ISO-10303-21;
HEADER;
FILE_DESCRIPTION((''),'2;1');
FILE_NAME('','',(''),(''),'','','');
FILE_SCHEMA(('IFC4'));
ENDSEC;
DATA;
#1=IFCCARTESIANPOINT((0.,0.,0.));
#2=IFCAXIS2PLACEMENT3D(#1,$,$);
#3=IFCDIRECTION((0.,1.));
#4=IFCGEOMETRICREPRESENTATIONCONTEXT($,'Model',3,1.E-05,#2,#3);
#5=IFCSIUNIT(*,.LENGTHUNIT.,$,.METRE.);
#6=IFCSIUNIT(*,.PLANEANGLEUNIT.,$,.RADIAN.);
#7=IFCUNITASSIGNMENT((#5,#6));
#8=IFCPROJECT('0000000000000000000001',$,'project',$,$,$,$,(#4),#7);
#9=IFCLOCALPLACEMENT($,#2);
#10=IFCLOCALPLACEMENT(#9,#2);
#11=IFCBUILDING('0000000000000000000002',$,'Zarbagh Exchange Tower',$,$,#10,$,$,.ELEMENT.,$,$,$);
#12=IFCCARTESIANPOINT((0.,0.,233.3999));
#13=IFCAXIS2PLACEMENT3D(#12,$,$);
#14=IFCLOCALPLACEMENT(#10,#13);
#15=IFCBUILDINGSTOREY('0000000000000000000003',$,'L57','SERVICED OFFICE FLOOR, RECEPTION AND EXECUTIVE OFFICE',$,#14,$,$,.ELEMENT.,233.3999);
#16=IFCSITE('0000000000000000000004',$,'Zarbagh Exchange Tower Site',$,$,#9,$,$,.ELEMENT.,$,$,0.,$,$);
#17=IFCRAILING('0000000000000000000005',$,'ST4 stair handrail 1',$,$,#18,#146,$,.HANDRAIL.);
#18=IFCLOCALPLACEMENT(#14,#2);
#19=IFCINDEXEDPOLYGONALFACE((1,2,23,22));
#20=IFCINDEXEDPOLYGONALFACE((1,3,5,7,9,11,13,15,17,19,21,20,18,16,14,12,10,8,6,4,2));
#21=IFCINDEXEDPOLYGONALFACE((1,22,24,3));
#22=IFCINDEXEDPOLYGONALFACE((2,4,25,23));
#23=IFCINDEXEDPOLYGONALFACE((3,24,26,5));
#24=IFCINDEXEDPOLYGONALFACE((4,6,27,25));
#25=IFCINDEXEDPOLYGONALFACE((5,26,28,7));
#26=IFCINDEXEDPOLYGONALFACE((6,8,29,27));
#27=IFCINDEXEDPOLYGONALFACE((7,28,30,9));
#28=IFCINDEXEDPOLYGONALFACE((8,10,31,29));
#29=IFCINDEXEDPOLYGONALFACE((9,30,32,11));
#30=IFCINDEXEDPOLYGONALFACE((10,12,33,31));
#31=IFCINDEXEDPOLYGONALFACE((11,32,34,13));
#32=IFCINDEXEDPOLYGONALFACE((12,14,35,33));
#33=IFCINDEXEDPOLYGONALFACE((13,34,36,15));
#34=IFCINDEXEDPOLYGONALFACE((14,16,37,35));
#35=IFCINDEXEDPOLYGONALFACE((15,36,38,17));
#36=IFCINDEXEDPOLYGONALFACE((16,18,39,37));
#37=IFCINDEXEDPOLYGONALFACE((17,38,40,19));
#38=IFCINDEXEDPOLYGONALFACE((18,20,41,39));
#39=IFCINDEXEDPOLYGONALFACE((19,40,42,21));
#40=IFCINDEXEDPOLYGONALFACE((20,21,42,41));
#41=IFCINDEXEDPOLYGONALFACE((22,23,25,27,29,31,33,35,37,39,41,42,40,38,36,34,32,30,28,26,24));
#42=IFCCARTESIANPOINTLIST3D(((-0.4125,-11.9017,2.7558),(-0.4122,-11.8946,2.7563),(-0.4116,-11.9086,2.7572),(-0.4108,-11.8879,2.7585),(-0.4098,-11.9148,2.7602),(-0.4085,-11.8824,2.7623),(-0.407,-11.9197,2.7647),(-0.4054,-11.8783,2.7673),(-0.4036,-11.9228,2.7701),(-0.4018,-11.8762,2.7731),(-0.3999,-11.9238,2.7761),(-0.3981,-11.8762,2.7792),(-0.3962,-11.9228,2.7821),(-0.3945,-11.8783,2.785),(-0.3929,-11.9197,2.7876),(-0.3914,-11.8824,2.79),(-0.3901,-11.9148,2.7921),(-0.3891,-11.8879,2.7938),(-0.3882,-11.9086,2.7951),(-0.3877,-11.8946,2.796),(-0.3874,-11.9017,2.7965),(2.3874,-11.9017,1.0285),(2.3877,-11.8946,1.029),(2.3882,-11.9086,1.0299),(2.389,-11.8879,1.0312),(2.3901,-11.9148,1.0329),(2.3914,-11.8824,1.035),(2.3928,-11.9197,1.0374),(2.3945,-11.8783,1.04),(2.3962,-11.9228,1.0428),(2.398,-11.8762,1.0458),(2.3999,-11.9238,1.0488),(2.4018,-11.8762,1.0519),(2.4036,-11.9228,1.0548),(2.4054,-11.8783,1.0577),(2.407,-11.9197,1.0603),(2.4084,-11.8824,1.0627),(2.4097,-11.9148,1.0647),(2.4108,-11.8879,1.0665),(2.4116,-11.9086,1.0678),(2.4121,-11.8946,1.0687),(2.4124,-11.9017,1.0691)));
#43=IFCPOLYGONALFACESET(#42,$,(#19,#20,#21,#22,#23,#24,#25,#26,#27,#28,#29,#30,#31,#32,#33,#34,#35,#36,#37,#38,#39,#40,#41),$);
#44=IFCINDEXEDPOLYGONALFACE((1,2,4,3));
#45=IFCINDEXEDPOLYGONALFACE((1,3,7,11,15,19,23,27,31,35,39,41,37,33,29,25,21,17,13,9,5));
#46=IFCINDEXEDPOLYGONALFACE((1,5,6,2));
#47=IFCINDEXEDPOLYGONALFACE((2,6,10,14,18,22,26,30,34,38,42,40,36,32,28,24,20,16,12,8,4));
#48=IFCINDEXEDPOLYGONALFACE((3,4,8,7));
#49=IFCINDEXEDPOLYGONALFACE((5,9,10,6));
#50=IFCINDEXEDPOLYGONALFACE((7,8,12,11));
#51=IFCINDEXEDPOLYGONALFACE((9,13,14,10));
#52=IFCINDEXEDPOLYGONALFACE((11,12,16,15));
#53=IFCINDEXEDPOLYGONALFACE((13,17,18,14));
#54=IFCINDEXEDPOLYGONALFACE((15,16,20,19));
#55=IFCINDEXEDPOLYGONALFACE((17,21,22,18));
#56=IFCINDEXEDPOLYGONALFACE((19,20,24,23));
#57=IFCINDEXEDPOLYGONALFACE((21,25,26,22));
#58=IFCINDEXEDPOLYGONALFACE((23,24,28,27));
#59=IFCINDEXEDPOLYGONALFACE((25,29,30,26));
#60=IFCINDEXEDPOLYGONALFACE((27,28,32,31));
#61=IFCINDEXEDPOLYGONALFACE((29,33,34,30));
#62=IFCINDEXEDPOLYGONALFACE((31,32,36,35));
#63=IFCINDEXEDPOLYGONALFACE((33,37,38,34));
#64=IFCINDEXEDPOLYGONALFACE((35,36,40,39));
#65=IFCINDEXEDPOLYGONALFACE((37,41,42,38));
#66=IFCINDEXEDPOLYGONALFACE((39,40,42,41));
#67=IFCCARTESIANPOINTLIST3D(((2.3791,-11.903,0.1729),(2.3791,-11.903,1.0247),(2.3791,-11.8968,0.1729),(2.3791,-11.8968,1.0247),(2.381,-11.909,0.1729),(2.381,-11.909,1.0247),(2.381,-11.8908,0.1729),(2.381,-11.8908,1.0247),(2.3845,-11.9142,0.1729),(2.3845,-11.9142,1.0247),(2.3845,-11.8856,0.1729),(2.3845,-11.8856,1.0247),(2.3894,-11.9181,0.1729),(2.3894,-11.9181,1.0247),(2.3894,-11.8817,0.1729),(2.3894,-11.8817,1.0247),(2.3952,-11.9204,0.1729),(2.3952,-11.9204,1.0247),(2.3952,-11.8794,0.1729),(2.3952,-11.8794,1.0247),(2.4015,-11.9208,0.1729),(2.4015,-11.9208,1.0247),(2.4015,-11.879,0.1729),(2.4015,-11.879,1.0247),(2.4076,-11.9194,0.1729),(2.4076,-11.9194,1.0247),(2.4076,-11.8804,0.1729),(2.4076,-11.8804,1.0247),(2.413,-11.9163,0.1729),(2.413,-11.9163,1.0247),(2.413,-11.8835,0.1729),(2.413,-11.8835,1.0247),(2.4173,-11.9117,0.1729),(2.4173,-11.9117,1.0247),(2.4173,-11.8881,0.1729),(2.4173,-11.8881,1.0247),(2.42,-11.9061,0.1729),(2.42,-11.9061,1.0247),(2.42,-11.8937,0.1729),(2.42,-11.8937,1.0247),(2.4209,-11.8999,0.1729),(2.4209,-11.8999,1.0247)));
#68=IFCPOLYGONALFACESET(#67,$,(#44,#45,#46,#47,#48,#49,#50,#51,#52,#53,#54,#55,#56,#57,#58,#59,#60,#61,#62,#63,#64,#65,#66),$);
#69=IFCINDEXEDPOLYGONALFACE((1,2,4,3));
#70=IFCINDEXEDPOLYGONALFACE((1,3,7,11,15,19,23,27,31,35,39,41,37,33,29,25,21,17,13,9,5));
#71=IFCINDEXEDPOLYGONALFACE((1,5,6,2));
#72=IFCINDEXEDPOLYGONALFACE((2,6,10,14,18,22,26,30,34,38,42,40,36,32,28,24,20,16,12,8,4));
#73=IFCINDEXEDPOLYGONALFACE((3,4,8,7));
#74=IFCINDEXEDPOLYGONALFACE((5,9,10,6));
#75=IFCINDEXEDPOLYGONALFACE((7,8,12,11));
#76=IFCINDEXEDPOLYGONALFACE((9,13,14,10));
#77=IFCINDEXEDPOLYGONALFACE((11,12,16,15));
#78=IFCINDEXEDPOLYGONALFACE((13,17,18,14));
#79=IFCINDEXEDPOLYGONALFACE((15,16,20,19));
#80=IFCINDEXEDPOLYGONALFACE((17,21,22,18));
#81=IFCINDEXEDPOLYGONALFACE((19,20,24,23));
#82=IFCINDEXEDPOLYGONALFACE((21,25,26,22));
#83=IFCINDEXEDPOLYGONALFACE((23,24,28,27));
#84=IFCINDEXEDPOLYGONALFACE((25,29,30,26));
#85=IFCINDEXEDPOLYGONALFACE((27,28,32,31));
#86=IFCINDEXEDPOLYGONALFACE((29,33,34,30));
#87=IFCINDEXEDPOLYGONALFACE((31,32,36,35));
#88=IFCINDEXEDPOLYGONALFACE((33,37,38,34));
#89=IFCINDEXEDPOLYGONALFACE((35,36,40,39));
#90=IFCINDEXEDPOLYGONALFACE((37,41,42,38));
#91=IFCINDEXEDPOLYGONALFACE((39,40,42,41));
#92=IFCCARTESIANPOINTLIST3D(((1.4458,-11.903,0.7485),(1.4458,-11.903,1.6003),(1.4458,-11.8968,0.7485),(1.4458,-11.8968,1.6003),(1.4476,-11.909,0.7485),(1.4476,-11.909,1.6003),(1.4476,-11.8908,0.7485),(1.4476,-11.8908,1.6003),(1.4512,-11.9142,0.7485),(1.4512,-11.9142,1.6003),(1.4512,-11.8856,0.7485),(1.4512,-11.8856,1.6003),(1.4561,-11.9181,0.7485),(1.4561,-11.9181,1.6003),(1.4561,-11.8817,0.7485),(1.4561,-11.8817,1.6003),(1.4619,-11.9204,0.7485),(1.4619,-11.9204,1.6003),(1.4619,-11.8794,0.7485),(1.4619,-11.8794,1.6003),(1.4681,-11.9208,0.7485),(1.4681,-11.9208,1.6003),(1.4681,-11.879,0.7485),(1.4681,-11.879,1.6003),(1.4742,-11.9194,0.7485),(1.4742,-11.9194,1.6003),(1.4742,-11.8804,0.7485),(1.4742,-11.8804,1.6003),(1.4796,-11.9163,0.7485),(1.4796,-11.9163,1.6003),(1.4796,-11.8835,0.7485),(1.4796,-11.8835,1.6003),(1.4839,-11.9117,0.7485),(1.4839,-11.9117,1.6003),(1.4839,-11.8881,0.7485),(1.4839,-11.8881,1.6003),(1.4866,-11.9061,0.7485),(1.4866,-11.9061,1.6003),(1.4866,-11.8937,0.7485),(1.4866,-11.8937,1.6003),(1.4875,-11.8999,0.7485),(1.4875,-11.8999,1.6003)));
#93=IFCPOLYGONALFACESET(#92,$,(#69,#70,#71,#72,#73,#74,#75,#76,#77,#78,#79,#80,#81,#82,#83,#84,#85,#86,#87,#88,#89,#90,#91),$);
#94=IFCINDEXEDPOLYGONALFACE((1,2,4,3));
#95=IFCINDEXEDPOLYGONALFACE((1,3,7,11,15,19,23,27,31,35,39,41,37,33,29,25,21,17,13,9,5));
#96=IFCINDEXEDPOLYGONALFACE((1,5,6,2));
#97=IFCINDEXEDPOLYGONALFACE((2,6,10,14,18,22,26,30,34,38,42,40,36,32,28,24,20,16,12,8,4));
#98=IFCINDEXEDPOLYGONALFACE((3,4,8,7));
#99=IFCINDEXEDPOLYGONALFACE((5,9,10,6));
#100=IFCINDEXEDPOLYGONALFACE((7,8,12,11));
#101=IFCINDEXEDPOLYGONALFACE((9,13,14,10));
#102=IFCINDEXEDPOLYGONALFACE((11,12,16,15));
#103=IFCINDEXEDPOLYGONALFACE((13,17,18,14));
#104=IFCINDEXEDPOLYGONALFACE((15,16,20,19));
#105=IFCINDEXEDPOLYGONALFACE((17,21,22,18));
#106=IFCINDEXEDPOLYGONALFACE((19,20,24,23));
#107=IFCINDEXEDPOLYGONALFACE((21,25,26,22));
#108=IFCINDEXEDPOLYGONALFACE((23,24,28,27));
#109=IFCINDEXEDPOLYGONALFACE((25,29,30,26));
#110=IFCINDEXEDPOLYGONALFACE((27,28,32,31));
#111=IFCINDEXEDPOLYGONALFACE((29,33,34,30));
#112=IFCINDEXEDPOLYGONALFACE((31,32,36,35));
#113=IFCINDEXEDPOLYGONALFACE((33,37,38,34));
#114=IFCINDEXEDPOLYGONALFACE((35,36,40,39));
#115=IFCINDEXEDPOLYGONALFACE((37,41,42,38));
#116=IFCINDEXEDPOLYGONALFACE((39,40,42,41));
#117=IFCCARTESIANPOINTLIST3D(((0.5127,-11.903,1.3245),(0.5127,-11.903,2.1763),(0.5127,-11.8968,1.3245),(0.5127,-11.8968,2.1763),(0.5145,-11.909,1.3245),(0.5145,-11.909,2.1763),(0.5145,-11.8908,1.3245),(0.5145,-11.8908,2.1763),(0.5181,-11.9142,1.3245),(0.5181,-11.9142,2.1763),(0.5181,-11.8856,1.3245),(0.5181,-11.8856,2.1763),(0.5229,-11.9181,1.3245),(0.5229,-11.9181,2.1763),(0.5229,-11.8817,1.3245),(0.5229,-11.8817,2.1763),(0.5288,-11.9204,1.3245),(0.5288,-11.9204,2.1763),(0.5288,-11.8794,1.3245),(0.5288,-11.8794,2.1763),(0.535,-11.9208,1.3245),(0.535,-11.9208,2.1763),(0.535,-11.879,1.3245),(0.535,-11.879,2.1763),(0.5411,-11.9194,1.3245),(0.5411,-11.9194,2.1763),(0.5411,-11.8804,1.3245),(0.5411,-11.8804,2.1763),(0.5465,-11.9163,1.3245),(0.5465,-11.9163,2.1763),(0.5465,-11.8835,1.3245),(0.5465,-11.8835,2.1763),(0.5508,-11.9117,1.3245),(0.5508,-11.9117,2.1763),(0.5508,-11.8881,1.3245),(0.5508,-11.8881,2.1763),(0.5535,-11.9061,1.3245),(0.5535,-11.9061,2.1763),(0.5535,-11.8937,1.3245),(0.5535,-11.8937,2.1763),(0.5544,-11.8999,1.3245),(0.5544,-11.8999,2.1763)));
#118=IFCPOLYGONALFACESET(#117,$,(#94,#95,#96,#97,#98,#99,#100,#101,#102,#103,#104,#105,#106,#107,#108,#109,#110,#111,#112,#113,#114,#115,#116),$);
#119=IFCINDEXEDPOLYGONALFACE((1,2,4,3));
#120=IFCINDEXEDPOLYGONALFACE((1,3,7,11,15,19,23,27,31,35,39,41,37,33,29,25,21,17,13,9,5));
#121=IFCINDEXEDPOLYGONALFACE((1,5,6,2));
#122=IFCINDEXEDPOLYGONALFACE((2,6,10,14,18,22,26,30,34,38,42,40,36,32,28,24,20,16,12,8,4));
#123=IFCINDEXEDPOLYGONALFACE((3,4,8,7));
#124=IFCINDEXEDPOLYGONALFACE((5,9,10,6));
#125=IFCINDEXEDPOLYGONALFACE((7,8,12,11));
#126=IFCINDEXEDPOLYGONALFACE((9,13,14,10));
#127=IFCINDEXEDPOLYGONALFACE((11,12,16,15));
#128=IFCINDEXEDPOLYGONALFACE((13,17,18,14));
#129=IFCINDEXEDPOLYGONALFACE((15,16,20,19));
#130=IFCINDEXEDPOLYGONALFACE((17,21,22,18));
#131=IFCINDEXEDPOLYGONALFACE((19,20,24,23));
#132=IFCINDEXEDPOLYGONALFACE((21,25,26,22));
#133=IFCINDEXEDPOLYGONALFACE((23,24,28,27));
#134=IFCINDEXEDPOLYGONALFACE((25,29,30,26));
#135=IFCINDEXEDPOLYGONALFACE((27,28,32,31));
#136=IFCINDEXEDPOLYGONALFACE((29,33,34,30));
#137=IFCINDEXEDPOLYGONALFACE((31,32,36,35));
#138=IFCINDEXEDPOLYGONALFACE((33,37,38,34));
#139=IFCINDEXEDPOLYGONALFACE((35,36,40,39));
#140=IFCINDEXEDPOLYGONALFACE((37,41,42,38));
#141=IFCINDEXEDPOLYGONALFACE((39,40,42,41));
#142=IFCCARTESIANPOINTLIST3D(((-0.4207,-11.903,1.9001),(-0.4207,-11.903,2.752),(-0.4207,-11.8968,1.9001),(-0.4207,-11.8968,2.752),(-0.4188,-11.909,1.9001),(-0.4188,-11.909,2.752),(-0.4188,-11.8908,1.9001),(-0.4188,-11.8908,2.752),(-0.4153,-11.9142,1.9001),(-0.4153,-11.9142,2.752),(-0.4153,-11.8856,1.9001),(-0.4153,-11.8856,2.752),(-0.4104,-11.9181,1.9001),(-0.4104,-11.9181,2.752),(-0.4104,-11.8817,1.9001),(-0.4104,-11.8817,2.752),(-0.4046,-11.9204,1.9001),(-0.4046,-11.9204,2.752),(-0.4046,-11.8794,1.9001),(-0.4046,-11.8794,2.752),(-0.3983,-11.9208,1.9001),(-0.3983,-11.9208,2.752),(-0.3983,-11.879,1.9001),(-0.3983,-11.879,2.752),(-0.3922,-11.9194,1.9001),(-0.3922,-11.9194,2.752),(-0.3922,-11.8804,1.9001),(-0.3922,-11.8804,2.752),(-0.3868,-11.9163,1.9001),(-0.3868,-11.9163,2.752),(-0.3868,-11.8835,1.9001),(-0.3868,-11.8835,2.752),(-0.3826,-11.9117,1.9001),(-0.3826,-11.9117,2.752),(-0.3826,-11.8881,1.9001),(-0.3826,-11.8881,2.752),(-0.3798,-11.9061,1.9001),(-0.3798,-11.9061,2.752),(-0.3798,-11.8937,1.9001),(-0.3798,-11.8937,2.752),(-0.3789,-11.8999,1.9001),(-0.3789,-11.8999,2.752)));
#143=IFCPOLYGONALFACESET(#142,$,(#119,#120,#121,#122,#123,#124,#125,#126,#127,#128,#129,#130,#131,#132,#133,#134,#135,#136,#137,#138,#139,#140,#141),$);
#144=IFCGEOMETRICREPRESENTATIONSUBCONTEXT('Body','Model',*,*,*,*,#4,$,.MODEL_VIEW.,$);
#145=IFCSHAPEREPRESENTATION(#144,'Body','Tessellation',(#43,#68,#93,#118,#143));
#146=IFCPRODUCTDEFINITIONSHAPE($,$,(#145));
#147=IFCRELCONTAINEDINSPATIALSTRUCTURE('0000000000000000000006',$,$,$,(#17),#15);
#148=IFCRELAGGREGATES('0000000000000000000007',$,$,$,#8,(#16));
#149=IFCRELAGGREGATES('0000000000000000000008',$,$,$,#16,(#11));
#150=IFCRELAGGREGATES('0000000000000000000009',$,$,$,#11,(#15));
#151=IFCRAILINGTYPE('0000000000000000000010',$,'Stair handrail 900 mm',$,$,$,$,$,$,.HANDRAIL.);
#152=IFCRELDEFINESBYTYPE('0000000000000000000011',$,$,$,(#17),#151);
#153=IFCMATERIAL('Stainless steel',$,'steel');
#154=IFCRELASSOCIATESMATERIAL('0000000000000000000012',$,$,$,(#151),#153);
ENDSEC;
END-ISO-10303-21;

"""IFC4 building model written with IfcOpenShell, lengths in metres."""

from ifc_helpers import new_model, si_unit, direction, frame, origin, origin_2d, place, context, subcontext, project, spatial, circle, extrude, material, type_object, element, save


model = new_model("IFC4")

# Units and contexts
model_context = context("Model", 3, precision=1e-05, world=origin(), true_north=direction((0.0, 1.0)))
body_context = subcontext(model_context, "Body", "Model", "MODEL_VIEW")
ifc_project = project(units=[si_unit("LENGTHUNIT", "METRE"), si_unit("PLANEANGLEUNIT", "RADIAN")], contexts=[model_context])

# Site, building, storey
site_placement = place(None, origin())
site = spatial("IfcSite", under=ifc_project, at=site_placement, Name="Zarbagh Exchange Tower Site", CompositionType="ELEMENT", RefElevation=0.0)
building_placement = place(site_placement, origin())
building = spatial("IfcBuilding", under=site, at=building_placement, Name="Zarbagh Exchange Tower", CompositionType="ELEMENT")
storey_placement = place(building_placement, frame((0.0, 0.0, 233.3999)))
storey = spatial("IfcBuildingStorey", under=building, at=storey_placement, Name="L57", Description="SERVICED OFFICE FLOOR, RECEPTION AND EXECUTIVE OFFICE", CompositionType="ELEMENT", Elevation=233.3999)

# Shared definitions
ifc_material_1 = material(Name="Stainless steel", Category="steel")

# Railing
railing_type_1 = type_object("IfcRailingType", Name="Stair handrail 900 mm", PredefinedType="HANDRAIL", material=ifc_material_1)
railing_1_placement = place(storey_placement, frame((2.3999, -11.8999, 0.1729)))
element("IfcRailing", 1, at=railing_1_placement, inside=storey, type_object=railing_type_1, Name="ST4 stair handrail 1", PredefinedType="HANDRAIL", context=body_context, shape_type="SweptSolid", body=[
    extrude(circle(Radius=0.0239, at=origin_2d()), frame((0.0, 0.0, 0.876), z_axis=(-0.851069, 0.0, 0.525054), x_axis=(0.0, -1.0, 0.0)), (0.0, 0.0, 1.0), 3.2898),
    extrude(circle(Radius=0.021, at=origin_2d()), origin(), (0.0, 0.0, 1.0), 0.8518),
    extrude(circle(Radius=0.021, at=origin_2d()), frame((-0.9333, 0.0, 0.5757)), (0.0, 0.0, 1.0), 0.8518),
    extrude(circle(Radius=0.021, at=origin_2d()), frame((-1.8665, 0.0, 1.1516)), (0.0, 0.0, 1.0), 0.8518),
    extrude(circle(Radius=0.021, at=origin_2d()), frame((-2.7998, 0.0, 1.7273)), (0.0, 0.0, 1.0), 0.8518),
])

save(model, "model.ifc")
